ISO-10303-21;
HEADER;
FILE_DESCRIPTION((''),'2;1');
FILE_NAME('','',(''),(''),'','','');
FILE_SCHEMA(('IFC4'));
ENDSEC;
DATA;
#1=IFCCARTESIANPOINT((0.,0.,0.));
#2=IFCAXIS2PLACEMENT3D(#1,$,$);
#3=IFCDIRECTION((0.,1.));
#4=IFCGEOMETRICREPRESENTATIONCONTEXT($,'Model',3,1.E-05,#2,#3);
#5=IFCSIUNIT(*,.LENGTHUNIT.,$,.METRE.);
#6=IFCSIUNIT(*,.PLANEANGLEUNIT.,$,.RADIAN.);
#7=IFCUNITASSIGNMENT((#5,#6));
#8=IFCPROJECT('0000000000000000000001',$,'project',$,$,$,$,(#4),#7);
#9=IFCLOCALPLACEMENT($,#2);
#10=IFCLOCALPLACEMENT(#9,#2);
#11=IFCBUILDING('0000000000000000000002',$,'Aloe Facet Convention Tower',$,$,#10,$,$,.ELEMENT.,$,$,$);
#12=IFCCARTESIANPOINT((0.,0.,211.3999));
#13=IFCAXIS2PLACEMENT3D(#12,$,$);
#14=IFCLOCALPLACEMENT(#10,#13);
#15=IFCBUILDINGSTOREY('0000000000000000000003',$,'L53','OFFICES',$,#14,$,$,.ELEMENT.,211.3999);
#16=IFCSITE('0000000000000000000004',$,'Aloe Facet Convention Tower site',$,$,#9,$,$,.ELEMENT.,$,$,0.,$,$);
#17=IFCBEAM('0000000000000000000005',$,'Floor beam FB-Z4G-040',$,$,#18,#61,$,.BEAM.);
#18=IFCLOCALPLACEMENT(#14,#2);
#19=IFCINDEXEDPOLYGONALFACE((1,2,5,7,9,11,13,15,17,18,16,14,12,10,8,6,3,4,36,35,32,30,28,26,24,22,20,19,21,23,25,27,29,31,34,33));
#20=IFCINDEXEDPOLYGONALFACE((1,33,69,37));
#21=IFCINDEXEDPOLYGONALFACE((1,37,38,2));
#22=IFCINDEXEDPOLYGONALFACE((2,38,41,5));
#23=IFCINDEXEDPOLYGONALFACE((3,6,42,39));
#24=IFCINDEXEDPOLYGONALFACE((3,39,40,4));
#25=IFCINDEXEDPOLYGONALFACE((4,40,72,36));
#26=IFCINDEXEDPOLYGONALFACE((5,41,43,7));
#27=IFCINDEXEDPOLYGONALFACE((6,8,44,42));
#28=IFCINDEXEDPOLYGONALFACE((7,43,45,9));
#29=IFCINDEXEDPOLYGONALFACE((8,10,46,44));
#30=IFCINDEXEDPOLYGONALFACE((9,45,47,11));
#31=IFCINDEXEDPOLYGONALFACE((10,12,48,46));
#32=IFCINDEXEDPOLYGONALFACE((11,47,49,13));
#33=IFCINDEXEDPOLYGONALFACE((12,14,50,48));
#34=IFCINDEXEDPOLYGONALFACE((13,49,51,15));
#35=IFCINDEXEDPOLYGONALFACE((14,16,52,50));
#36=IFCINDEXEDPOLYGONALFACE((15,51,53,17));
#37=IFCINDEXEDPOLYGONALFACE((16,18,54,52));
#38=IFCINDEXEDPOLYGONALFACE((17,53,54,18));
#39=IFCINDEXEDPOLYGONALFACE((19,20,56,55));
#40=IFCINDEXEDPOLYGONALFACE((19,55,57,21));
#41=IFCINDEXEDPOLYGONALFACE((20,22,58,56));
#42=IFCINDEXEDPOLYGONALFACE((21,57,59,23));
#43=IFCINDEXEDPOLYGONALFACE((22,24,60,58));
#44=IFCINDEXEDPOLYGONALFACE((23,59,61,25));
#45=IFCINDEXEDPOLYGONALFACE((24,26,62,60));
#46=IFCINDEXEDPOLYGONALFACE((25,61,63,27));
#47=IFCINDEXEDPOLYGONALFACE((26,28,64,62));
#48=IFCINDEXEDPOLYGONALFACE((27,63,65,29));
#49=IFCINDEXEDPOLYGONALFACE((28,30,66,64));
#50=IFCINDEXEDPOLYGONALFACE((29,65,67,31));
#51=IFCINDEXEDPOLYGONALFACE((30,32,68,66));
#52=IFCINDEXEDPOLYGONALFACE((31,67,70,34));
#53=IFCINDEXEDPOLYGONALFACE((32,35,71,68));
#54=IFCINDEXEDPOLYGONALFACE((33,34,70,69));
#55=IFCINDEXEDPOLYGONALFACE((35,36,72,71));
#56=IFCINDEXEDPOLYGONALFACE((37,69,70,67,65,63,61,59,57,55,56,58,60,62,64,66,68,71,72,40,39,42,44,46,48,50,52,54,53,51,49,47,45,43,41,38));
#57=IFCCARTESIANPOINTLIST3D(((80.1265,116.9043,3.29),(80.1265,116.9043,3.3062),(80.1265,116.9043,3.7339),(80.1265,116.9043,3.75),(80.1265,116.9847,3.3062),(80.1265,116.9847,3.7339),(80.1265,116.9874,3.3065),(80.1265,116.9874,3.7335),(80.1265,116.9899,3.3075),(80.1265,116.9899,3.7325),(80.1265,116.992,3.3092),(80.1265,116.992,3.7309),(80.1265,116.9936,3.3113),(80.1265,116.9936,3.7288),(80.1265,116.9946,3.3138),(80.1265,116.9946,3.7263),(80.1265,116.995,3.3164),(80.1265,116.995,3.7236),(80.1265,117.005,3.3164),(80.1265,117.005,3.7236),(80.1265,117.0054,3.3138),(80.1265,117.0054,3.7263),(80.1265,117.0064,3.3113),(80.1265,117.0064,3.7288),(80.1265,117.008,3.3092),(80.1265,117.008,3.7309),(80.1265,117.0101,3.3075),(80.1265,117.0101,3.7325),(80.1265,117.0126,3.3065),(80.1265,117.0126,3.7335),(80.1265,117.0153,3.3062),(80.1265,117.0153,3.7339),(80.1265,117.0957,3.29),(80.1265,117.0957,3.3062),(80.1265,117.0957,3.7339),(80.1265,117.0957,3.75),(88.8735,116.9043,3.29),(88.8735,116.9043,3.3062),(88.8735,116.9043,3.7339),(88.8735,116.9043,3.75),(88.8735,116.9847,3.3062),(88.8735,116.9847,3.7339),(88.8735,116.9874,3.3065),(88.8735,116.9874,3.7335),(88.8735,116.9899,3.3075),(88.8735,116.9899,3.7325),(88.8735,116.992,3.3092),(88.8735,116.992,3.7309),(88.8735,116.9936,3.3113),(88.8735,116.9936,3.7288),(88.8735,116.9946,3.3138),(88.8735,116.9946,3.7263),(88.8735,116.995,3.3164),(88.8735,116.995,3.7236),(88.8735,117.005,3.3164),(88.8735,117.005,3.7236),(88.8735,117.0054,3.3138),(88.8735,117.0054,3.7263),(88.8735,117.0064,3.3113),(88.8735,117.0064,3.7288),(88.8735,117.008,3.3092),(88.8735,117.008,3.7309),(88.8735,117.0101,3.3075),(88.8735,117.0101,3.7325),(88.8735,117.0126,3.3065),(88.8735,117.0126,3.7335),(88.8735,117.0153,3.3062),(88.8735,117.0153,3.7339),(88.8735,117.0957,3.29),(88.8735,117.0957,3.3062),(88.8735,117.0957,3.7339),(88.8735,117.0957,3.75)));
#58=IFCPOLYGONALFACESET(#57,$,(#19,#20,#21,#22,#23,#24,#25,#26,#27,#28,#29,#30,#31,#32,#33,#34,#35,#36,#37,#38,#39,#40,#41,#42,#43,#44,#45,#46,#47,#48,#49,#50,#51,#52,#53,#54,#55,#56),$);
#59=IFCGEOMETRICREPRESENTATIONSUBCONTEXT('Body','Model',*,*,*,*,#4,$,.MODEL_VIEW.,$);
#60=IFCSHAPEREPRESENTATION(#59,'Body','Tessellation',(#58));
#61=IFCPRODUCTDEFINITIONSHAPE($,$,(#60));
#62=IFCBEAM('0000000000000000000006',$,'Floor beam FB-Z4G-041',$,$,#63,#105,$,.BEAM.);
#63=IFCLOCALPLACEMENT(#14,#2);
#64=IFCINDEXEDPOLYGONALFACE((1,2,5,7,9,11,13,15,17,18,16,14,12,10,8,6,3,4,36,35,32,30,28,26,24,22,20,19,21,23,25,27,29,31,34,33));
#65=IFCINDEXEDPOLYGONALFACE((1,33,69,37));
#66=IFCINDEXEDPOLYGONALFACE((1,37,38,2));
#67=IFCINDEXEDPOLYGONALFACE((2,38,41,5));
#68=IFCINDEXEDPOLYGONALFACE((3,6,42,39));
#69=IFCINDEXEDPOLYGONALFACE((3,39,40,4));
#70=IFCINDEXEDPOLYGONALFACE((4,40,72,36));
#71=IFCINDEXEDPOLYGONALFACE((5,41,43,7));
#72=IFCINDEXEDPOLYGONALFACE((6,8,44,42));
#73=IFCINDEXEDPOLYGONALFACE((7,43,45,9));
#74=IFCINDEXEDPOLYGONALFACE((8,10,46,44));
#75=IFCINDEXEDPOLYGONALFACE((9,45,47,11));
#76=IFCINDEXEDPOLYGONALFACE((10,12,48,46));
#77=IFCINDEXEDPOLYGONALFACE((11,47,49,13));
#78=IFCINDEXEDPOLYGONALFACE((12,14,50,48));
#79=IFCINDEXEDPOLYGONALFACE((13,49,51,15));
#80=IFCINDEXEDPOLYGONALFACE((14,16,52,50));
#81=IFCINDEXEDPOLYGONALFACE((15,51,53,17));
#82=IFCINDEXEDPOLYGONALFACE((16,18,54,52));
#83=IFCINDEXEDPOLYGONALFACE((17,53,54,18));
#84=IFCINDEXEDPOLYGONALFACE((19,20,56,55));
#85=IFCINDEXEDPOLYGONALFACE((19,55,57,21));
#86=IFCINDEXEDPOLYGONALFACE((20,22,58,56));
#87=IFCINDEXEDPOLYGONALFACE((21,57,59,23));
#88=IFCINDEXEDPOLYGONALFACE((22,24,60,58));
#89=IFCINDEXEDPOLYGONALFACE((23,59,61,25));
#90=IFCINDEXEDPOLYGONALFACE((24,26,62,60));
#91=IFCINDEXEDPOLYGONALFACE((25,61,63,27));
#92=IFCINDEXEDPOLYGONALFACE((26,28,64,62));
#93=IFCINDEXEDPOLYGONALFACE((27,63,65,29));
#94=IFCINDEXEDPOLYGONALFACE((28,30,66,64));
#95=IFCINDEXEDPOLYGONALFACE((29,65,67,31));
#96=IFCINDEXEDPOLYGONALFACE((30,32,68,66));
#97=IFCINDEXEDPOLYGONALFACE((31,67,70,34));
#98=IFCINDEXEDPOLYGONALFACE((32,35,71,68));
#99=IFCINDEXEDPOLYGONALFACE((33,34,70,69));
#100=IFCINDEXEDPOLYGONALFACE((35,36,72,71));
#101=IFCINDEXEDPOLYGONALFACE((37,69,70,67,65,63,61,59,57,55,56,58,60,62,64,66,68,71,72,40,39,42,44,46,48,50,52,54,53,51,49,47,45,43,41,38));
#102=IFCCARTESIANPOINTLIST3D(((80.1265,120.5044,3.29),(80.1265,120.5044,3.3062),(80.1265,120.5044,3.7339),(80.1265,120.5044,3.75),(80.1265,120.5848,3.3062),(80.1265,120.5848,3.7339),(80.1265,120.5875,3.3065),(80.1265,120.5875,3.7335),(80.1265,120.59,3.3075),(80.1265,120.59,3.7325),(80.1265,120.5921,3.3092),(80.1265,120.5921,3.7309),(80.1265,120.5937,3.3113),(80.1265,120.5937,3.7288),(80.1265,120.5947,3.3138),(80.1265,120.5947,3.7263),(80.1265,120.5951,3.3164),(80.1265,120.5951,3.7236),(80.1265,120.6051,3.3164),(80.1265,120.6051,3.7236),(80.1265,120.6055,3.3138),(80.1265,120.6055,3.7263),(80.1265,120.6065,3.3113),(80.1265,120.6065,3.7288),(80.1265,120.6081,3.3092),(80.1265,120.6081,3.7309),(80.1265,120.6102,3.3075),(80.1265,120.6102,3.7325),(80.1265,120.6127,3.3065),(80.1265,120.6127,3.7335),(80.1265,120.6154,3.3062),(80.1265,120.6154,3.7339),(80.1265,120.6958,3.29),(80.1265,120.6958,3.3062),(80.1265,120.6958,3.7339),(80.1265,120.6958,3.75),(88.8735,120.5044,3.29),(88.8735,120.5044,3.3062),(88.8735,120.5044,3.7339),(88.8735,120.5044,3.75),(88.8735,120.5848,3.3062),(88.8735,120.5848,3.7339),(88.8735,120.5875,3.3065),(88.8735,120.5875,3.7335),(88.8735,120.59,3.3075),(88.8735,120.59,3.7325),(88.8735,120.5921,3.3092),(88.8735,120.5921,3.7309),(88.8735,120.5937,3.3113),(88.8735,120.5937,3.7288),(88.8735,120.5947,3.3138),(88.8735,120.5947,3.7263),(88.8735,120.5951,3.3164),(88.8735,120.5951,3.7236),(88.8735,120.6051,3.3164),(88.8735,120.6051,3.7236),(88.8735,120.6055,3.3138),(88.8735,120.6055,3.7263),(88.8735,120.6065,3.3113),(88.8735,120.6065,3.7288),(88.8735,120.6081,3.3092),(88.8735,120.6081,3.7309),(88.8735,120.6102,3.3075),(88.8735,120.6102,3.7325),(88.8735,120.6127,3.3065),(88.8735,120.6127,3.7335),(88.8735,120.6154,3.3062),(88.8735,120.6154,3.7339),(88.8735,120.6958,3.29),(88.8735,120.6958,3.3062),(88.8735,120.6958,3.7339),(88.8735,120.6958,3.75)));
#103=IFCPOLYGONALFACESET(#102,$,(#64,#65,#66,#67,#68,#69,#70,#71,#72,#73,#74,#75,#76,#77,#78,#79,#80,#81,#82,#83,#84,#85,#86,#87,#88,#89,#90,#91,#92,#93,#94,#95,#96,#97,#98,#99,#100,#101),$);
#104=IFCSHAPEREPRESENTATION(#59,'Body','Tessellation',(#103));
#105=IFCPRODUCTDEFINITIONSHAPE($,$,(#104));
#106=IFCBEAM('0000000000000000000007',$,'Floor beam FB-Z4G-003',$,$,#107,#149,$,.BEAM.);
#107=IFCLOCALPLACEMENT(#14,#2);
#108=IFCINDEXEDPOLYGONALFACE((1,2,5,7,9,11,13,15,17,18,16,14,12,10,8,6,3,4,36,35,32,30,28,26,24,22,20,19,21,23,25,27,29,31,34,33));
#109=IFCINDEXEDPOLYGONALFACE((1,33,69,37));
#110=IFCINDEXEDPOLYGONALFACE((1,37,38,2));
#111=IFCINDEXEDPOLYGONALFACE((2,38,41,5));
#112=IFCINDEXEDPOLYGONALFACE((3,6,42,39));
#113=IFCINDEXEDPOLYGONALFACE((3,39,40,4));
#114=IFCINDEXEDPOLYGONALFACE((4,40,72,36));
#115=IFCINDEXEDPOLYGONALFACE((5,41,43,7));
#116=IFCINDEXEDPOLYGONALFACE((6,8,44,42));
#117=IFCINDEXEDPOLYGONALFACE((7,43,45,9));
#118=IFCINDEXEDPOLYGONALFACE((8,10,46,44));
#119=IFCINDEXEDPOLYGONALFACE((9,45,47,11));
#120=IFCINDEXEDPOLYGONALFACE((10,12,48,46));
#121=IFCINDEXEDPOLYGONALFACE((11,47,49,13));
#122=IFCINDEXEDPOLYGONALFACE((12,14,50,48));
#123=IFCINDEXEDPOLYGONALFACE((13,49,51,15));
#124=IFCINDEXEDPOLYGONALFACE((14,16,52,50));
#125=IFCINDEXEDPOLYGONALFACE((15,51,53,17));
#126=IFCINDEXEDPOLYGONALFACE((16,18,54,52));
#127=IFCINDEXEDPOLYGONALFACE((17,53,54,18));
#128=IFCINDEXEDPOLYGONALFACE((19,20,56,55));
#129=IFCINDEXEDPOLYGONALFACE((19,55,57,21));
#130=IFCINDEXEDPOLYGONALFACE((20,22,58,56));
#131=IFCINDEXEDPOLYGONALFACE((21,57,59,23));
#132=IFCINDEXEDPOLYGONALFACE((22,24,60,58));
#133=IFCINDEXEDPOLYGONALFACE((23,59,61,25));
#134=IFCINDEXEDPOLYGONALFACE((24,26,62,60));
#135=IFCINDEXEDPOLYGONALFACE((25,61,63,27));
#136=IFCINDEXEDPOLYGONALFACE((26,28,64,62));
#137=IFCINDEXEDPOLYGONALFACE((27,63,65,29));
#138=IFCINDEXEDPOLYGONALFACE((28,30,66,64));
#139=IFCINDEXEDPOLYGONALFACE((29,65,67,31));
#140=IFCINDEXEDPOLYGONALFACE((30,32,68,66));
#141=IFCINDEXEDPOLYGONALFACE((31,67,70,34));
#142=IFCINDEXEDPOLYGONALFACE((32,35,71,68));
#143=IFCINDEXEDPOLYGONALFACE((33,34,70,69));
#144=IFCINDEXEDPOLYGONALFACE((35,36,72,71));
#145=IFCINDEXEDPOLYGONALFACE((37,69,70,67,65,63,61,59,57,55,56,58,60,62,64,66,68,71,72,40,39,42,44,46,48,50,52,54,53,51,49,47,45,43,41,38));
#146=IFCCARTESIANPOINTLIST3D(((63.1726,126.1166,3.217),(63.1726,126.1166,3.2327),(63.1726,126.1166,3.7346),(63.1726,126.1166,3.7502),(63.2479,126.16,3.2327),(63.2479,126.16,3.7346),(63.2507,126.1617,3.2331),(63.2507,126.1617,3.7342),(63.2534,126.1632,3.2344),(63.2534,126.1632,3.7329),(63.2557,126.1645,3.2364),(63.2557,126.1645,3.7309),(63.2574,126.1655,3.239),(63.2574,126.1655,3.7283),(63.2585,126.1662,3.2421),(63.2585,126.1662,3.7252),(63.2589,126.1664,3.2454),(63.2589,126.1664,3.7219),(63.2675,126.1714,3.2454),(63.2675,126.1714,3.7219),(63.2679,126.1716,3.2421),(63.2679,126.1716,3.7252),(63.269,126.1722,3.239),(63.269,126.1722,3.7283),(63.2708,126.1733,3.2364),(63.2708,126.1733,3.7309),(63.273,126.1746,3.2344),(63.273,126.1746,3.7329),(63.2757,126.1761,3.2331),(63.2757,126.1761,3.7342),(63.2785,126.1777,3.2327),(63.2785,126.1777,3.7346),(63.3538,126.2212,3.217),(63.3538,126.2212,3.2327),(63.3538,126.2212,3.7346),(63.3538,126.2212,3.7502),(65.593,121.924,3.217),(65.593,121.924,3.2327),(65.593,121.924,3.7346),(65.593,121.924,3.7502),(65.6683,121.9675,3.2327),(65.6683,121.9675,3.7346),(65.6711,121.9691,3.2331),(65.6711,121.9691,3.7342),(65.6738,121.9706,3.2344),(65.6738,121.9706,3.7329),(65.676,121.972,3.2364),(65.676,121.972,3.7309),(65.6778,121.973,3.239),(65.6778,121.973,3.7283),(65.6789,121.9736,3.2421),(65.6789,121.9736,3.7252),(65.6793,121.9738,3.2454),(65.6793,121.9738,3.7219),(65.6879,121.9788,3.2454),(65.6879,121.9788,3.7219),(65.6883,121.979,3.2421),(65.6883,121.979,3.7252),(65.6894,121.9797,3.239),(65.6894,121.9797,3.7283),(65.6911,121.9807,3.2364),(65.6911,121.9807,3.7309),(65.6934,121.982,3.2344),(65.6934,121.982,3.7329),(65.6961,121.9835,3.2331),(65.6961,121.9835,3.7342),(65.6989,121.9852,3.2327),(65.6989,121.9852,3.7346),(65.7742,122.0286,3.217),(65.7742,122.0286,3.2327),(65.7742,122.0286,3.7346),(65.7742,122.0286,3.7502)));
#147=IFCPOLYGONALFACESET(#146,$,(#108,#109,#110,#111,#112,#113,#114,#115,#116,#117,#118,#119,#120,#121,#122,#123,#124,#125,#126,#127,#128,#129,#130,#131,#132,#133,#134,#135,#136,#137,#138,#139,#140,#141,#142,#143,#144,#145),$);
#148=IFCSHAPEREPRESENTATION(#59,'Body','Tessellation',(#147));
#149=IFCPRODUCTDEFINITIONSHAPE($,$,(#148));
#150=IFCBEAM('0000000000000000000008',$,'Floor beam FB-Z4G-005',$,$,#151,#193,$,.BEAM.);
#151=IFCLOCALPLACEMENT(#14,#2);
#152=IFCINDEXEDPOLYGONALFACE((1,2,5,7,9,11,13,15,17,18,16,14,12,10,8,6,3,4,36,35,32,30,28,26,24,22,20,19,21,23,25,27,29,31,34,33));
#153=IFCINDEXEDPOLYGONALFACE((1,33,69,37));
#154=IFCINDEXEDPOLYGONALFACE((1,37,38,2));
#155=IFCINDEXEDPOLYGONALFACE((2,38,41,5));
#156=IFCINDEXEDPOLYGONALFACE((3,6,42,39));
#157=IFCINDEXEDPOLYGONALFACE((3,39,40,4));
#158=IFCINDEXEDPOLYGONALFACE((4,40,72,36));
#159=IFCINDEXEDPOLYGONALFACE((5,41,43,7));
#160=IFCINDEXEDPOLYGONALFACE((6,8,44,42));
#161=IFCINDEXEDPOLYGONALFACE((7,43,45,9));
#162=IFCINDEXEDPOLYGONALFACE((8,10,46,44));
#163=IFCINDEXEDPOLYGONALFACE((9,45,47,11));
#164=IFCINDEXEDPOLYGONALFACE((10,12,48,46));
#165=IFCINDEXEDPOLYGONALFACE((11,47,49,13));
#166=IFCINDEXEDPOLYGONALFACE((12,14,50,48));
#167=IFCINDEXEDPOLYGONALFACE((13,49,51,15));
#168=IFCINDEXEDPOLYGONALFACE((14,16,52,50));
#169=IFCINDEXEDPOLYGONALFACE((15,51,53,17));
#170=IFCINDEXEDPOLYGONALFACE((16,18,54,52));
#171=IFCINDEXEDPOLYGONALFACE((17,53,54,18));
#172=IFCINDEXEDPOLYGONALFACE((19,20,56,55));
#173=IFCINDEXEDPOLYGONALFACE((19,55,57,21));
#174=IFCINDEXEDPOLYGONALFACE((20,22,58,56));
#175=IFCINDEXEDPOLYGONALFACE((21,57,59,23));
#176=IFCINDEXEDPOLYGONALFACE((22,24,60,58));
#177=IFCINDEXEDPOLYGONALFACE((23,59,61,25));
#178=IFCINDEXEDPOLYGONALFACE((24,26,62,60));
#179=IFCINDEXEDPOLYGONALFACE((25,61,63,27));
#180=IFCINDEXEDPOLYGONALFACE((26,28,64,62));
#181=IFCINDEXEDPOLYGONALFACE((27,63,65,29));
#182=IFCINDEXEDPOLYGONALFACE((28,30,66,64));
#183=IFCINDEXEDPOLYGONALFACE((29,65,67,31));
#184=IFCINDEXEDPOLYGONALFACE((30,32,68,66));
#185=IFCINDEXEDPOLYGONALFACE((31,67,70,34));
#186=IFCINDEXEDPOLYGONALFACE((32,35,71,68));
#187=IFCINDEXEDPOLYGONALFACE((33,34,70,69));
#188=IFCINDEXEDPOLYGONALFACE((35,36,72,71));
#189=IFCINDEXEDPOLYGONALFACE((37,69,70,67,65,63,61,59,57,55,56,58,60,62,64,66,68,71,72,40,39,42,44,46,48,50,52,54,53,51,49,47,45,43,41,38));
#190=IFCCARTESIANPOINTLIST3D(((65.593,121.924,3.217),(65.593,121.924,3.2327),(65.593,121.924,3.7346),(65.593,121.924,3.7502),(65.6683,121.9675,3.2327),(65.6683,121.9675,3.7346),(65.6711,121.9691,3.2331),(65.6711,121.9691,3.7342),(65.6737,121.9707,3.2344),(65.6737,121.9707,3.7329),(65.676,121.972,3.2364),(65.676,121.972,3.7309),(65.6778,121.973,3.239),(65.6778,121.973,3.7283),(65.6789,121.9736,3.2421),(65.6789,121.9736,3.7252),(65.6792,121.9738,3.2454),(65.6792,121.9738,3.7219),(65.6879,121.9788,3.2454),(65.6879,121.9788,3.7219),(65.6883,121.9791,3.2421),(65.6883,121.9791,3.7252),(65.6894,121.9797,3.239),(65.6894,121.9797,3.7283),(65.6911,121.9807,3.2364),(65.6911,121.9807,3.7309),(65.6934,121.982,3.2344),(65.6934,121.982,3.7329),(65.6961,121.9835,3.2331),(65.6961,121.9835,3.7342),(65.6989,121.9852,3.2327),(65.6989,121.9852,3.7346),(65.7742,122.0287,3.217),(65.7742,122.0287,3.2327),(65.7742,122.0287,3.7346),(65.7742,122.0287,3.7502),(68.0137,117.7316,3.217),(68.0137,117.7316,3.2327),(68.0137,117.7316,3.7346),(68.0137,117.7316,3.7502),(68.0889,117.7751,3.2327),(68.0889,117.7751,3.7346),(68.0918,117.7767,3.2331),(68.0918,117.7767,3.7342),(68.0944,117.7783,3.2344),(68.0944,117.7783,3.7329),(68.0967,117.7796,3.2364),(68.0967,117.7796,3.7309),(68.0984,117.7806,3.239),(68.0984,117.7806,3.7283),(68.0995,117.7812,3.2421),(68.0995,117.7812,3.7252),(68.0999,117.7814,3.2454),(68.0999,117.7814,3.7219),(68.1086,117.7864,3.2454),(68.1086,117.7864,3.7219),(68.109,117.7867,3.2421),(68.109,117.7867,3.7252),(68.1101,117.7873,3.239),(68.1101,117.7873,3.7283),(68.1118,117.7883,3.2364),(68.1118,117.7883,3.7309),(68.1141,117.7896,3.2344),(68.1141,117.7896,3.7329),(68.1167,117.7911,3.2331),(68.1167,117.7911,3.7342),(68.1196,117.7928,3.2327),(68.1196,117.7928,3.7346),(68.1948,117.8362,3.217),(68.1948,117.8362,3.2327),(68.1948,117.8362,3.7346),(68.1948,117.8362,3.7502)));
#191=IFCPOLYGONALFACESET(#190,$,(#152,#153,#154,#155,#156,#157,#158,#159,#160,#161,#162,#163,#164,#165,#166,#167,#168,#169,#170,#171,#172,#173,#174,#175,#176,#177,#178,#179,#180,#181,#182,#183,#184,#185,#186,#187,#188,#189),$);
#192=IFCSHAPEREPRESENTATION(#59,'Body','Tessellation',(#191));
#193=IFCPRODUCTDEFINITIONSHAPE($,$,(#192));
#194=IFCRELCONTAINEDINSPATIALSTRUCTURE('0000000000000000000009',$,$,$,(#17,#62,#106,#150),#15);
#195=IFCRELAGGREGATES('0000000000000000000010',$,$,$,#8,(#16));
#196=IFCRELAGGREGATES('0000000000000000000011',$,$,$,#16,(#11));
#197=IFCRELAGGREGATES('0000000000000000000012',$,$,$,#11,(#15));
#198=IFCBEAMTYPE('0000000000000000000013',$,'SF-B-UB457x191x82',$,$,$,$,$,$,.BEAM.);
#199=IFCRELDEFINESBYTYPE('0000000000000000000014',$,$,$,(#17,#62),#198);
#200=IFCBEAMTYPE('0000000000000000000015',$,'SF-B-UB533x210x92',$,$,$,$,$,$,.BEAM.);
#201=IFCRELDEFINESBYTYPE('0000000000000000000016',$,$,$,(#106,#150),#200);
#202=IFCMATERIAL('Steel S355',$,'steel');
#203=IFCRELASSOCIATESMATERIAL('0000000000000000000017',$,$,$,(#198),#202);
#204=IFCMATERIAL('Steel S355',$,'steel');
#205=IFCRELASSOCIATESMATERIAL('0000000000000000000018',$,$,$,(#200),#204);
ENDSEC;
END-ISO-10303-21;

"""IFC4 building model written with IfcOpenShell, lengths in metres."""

from ifc_helpers import new_model, si_unit, direction, frame, origin, origin_2d, place, context, subcontext, project, spatial, i_section, extrude, material, material_profile, profile_set, type_object, element, save


model = new_model("IFC4")

# Units and contexts
model_context = context("Model", 3, precision=1e-05, world=origin(), true_north=direction((0.0, 1.0)))
body_context = subcontext(model_context, "Body", "Model", "MODEL_VIEW")
ifc_project = project(units=[si_unit("LENGTHUNIT", "METRE"), si_unit("PLANEANGLEUNIT", "RADIAN")], contexts=[model_context])

# Site, building, storey
site_placement = place(None, origin())
site = spatial("IfcSite", under=ifc_project, at=site_placement, Name="Aloe Facet Convention Tower site", CompositionType="ELEMENT", RefElevation=0.0)
building_placement = place(site_placement, origin())
building = spatial("IfcBuilding", under=site, at=building_placement, Name="Aloe Facet Convention Tower", CompositionType="ELEMENT")
storey_placement = place(building_placement, frame((0.0, 0.0, 211.3999)))
storey = spatial("IfcBuildingStorey", under=building, at=storey_placement, Name="L53", Description="OFFICES", CompositionType="ELEMENT", Elevation=211.3999)

# Beams
ifc_material_1 = material(Name="Steel S355", Category="steel")
ifc_material_profile_1 = material_profile(ifc_material_1, i_section(OverallWidth=0.1914, OverallDepth=0.46, WebThickness=0.01, FlangeThickness=0.0161, FilletRadius=0.0103, at=origin_2d()), Name="UB 457x191x82")
ifc_profile_set_1 = profile_set([ifc_material_profile_1], Name="Steel S355")
beam_type_1 = type_object("IfcBeamType", Name="SF-B-UB457x191x82", PredefinedType="BEAM", material=ifc_profile_set_1)
for number, where, z_axis, x_axis, name in (
    (1, (80.1265, 117.0, 3.52), (1.0, 0.0, 0.0), (0.0, 1.0, 0.0), "Floor beam FB-Z4G-040"),
    (2, (80.1265, 120.6001, 3.52), (1.0, 0.0, 0.0), (0.0, 1.0, 0.0), "Floor beam FB-Z4G-041"),
):
    element("IfcBeam", number, at=place(storey_placement, frame(where, z_axis=z_axis, x_axis=x_axis)), inside=storey, type_object=beam_type_1, Name=name, PredefinedType="BEAM", context=body_context, shape_type="SweptSolid", body=[
        extrude(i_section(OverallWidth=0.1914, OverallDepth=0.46, WebThickness=0.01, FlangeThickness=0.0161, FilletRadius=0.0103, at=origin_2d()), origin(), (0.0, 0.0, 1.0), 8.7471),
    ])
ifc_material_2 = material(Name="Steel S355", Category="steel")
ifc_material_profile_2 = material_profile(ifc_material_2, i_section(OverallWidth=0.2092, OverallDepth=0.5332, WebThickness=0.01, FlangeThickness=0.0156, FilletRadius=0.0127, at=origin_2d()), Name="UB 533x210x92")
ifc_profile_set_2 = profile_set([ifc_material_profile_2], Name="Steel S355")
beam_type_2 = type_object("IfcBeamType", Name="SF-B-UB533x210x92", PredefinedType="BEAM", material=ifc_profile_set_2)
for number, where, z_axis, x_axis, name in (
    (3, (65.6836, 121.9763, 3.4836), (-0.499968, 0.866044, 0.0), (-0.866044, -0.499968, 0.0), "Floor beam FB-Z4G-003"),
    (4, (68.1042, 117.7839, 3.4836), (-0.500028, 0.866009, 0.0), (-0.866009, -0.500028, 0.0), "Floor beam FB-Z4G-005"),
):
    element("IfcBeam", number, at=place(storey_placement, frame(where, z_axis=z_axis, x_axis=x_axis)), inside=storey, type_object=beam_type_2, Name=name, PredefinedType="BEAM", context=body_context, shape_type="SweptSolid", body=[
        extrude(i_section(OverallWidth=0.2092, OverallDepth=0.5332, WebThickness=0.01, FlangeThickness=0.0156, FilletRadius=0.0127, at=origin_2d()), origin(), (0.0, 0.0, 1.0), 4.8411),
    ])

save(model, "model.ifc")
